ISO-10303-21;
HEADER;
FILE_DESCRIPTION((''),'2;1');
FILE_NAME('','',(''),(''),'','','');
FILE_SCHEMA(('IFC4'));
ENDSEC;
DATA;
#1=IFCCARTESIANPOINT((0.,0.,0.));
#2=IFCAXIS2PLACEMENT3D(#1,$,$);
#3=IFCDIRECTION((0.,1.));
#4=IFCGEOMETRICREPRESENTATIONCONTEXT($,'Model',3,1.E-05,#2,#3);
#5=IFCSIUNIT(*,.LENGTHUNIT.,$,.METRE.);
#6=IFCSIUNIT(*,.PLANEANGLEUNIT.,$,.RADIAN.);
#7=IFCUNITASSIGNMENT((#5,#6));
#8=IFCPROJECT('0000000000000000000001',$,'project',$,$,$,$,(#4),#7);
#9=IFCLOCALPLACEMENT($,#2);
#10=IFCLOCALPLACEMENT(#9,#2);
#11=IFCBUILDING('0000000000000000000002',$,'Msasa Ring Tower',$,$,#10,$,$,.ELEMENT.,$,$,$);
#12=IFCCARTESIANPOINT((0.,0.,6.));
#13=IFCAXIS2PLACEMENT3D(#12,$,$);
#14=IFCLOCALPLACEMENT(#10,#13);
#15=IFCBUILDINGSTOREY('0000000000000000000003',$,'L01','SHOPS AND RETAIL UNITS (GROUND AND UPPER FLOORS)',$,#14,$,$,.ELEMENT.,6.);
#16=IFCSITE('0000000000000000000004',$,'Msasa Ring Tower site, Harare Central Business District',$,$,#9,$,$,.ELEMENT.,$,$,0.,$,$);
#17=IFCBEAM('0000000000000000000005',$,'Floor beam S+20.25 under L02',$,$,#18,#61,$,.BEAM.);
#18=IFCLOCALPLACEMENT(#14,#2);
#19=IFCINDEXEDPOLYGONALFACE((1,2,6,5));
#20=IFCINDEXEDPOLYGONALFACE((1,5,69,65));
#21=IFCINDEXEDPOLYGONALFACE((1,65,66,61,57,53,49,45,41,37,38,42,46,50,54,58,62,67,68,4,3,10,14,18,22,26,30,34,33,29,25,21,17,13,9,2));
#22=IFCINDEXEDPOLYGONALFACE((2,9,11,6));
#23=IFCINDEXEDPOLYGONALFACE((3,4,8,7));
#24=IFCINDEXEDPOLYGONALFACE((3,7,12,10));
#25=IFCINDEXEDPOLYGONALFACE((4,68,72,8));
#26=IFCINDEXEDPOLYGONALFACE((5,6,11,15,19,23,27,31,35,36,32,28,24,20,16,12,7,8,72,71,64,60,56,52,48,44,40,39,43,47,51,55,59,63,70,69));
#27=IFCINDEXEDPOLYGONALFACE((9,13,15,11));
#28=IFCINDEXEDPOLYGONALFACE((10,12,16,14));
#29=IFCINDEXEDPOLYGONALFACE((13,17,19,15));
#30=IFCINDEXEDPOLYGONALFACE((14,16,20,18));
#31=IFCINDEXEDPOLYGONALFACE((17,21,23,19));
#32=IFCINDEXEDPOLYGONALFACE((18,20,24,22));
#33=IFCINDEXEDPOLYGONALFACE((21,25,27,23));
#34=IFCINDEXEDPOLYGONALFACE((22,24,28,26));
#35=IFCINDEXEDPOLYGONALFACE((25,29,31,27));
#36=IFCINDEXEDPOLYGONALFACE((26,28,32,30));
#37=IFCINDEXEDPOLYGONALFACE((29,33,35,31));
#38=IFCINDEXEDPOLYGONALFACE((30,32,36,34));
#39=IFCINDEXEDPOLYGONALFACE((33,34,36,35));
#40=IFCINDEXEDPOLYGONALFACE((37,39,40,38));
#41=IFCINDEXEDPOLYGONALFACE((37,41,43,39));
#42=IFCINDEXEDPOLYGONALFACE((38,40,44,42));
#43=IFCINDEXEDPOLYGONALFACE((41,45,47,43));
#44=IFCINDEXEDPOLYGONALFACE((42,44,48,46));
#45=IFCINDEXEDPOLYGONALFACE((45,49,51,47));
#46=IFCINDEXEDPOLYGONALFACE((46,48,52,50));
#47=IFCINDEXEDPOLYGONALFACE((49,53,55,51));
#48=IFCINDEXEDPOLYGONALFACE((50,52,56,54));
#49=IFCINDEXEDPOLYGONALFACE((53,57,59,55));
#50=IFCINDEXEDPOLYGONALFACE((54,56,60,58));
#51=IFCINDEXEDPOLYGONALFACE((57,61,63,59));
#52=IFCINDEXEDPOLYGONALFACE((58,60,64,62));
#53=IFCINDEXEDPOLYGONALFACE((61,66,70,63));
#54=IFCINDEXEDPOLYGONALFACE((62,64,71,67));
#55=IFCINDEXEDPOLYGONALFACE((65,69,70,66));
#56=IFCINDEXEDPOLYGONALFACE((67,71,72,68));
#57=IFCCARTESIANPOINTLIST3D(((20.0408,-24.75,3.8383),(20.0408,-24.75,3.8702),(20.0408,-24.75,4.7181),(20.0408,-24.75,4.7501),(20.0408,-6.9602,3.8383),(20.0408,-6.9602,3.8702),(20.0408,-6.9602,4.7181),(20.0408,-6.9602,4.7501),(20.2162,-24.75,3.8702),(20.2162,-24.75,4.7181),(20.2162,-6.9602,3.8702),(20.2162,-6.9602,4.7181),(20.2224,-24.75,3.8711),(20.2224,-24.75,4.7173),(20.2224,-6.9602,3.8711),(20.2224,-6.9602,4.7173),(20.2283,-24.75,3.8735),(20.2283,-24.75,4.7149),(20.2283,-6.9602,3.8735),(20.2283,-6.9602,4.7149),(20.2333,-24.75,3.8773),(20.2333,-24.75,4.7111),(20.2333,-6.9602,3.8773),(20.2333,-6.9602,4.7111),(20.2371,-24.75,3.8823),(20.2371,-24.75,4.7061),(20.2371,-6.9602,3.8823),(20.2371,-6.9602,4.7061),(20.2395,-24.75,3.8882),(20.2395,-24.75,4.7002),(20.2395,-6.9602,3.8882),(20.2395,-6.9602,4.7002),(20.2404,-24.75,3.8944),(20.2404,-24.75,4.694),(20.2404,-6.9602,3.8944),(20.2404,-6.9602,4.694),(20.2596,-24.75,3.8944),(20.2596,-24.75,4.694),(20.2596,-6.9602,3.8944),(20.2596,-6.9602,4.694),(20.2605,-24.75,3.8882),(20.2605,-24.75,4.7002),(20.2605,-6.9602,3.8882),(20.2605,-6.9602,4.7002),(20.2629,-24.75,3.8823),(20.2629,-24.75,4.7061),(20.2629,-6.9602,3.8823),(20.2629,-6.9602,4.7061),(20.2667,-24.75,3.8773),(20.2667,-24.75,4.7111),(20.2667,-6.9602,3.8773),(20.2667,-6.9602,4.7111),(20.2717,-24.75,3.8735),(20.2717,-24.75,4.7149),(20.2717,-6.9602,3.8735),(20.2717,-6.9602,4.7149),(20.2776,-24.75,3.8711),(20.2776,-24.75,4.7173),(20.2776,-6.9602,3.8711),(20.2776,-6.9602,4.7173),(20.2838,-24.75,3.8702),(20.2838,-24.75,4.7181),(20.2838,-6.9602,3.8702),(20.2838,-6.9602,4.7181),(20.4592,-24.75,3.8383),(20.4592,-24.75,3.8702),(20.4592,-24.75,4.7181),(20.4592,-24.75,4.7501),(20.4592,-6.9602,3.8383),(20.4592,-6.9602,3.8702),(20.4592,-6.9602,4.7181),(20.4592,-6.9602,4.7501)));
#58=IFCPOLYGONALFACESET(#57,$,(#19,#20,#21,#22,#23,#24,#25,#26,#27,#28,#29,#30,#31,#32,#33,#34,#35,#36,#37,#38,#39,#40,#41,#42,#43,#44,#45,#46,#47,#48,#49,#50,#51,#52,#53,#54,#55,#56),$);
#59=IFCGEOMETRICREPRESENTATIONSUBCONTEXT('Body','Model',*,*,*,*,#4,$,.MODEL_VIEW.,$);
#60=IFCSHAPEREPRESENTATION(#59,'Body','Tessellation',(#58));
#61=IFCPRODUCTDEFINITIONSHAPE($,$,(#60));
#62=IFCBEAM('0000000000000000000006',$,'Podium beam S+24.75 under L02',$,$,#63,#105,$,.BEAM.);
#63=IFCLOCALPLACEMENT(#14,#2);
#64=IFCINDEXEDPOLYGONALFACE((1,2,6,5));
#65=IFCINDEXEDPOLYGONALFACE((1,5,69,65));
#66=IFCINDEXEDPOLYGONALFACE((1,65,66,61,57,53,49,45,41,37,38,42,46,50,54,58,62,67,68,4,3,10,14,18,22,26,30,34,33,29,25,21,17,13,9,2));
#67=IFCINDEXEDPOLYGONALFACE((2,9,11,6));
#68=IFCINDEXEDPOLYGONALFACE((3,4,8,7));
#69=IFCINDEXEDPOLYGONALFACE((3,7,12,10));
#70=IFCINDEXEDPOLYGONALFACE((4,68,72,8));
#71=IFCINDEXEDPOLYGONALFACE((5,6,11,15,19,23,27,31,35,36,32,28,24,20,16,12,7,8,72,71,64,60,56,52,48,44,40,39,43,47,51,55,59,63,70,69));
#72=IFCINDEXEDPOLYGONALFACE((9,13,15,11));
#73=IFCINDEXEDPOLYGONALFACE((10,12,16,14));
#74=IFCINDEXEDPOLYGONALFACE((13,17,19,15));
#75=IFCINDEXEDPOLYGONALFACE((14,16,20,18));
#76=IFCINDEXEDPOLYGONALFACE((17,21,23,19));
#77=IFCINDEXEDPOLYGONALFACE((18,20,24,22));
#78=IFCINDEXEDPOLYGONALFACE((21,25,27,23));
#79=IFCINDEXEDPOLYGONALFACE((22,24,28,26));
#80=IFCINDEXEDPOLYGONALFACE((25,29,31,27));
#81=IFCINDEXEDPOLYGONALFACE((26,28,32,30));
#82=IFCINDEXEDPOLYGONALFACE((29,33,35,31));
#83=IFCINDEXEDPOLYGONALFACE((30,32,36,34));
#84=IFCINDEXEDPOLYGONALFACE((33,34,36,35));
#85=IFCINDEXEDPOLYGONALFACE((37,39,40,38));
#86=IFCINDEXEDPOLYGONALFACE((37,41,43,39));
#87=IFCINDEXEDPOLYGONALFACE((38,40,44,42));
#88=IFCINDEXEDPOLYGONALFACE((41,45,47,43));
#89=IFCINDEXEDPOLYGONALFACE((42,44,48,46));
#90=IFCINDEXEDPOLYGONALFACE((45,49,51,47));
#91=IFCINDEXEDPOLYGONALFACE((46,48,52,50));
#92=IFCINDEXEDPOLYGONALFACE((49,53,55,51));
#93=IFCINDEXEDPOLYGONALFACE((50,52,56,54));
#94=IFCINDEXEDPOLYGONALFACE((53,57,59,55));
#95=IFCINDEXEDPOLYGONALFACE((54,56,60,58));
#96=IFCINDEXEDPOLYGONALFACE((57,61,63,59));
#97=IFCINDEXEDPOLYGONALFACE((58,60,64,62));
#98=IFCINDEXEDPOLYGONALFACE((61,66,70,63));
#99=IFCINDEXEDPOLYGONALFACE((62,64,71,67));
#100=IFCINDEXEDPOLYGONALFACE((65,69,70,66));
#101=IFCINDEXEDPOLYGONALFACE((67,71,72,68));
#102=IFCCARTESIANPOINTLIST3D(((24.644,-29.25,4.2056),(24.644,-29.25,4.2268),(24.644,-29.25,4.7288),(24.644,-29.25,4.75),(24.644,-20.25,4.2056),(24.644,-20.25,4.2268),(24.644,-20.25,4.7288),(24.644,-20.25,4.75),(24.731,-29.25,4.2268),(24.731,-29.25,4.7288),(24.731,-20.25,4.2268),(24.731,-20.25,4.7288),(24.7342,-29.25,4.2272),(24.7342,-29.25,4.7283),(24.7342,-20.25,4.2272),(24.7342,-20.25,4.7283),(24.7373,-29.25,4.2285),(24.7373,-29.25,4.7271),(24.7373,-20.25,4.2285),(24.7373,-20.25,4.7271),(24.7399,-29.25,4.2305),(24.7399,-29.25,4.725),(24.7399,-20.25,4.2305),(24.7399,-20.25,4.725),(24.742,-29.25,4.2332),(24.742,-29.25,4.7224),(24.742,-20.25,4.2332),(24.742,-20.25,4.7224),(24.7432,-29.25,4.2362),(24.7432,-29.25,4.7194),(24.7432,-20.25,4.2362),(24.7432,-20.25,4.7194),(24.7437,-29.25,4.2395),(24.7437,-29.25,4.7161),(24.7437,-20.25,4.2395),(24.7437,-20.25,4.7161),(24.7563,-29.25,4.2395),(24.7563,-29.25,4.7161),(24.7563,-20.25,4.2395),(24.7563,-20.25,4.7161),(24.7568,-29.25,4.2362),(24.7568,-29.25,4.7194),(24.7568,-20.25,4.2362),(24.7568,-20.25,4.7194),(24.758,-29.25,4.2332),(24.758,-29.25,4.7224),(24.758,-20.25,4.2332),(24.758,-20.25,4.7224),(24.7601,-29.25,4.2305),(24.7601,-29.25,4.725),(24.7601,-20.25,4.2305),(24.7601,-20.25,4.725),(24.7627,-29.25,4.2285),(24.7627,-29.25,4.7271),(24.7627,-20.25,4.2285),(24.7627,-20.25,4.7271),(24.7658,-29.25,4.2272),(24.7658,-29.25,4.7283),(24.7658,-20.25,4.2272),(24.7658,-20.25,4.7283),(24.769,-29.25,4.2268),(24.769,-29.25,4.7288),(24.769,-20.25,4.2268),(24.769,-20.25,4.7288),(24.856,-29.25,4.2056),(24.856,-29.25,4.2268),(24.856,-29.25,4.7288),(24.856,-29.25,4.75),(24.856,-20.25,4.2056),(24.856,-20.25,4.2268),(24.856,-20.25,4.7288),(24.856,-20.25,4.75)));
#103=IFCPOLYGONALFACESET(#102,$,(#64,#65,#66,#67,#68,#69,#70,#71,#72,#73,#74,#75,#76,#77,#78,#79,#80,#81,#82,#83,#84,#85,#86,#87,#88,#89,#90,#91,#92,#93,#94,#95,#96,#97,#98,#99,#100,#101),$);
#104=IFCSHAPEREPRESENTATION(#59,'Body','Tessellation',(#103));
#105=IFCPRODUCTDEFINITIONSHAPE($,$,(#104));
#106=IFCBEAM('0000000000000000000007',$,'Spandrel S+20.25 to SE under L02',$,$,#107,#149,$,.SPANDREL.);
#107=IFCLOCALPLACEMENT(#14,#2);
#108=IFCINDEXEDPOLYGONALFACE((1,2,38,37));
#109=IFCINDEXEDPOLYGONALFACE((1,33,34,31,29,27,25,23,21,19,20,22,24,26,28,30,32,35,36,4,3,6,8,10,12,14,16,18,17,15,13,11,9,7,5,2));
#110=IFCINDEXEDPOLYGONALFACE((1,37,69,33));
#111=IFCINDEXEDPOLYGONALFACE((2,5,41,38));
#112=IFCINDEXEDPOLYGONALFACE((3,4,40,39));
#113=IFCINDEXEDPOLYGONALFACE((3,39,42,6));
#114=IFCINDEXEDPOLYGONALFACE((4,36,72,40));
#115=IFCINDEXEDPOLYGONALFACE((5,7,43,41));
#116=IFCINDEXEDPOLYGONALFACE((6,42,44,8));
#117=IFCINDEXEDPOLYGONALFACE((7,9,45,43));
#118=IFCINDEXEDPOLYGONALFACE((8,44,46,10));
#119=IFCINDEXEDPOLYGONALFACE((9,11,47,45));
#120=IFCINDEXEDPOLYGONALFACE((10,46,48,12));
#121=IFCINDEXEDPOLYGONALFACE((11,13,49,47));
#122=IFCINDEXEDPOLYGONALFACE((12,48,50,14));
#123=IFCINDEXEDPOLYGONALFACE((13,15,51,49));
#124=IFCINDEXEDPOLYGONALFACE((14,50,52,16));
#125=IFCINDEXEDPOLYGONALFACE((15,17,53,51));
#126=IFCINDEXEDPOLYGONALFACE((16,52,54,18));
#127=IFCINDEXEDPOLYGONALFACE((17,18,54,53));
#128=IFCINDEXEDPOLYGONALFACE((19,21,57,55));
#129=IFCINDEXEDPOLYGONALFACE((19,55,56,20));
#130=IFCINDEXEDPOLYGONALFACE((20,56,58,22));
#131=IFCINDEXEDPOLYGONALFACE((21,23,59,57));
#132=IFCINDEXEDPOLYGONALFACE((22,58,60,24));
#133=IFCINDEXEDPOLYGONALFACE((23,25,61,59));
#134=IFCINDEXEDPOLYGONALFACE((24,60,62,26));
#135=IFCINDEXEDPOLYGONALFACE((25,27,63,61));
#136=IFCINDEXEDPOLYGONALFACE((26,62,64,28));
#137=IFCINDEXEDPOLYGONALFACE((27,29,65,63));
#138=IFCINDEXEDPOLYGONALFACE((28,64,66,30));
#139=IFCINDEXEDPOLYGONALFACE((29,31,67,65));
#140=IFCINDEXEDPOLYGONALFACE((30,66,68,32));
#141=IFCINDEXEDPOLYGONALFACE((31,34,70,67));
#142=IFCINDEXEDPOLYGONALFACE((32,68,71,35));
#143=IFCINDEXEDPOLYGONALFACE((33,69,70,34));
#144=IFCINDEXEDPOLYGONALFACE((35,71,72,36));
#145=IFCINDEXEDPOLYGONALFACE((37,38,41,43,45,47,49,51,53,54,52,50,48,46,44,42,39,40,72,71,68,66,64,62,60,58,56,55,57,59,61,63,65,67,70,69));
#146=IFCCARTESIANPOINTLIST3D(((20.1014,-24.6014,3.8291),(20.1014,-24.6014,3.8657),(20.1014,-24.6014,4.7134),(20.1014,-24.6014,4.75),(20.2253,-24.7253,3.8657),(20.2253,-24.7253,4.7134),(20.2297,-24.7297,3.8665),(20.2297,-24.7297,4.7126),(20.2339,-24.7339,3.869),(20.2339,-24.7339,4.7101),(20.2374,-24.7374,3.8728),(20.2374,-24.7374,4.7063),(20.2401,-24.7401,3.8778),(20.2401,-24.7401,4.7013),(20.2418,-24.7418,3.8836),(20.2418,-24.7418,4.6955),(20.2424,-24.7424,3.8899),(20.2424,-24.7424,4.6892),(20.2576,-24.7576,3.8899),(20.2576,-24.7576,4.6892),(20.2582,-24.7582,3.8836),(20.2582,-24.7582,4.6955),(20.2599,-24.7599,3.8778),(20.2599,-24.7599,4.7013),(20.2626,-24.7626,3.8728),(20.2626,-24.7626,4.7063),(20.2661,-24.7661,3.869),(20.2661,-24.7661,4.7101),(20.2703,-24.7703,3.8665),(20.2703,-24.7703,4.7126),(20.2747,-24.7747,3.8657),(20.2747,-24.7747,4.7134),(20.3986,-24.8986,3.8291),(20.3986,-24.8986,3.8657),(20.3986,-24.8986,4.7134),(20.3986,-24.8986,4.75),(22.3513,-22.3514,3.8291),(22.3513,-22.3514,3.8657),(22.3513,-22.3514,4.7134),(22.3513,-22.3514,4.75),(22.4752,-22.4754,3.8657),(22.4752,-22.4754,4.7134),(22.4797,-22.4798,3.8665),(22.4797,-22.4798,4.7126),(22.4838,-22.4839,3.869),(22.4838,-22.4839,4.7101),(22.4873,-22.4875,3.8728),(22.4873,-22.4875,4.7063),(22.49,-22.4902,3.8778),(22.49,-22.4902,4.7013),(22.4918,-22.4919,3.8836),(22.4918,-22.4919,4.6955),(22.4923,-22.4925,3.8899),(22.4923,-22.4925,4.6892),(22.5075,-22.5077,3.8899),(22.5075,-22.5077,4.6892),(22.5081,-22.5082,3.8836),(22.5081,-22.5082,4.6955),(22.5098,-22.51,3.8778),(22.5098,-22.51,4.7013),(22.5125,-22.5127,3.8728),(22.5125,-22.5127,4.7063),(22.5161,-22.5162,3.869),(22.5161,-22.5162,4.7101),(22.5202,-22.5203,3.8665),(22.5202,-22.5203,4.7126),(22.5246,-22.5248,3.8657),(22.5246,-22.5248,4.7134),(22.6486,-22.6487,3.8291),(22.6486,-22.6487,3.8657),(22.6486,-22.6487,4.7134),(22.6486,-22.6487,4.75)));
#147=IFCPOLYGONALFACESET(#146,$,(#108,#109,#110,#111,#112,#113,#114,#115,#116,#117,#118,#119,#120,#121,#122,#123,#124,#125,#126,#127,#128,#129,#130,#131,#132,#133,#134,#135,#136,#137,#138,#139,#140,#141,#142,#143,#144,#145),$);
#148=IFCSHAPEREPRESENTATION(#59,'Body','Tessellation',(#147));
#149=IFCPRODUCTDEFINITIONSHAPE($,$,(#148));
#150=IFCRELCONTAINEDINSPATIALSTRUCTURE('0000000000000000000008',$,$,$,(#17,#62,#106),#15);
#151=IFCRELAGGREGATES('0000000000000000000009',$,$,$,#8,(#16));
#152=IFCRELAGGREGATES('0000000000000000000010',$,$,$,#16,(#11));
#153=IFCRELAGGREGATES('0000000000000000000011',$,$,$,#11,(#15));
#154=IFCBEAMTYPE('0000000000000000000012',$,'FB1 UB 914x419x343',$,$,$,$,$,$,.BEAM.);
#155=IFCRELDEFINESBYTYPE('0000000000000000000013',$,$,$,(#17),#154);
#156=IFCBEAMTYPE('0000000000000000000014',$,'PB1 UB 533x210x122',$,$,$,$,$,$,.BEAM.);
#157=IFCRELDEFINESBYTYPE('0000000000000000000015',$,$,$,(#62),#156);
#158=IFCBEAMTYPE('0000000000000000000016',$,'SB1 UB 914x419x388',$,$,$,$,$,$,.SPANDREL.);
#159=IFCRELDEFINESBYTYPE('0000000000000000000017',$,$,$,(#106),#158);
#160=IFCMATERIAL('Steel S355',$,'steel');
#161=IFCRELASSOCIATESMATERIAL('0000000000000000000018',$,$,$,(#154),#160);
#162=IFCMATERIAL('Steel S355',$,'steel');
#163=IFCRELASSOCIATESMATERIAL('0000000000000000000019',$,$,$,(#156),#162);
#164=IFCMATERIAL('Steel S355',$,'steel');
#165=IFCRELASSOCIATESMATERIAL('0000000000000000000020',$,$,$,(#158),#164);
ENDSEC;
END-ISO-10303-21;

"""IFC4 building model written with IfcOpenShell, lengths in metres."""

from ifc_helpers import new_model, si_unit, direction, frame, origin, origin_2d, place, context, subcontext, project, spatial, i_section, extrude, material, material_profile, profile_set, type_object, element, save


model = new_model("IFC4")

# Units and contexts
model_context = context("Model", 3, precision=1e-05, world=origin(), true_north=direction((0.0, 1.0)))
body_context = subcontext(model_context, "Body", "Model", "MODEL_VIEW")
ifc_project = project(units=[si_unit("LENGTHUNIT", "METRE"), si_unit("PLANEANGLEUNIT", "RADIAN")], contexts=[model_context])

# Site, building, storey
site_placement = place(None, origin())
site = spatial("IfcSite", under=ifc_project, at=site_placement, Name="Msasa Ring Tower site, Harare Central Business District", CompositionType="ELEMENT", RefElevation=0.0)
building_placement = place(site_placement, origin())
building = spatial("IfcBuilding", under=site, at=building_placement, Name="Msasa Ring Tower", CompositionType="ELEMENT")
storey_placement = place(building_placement, frame((0.0, 0.0, 6.0)))
storey = spatial("IfcBuildingStorey", under=building, at=storey_placement, Name="L01", Description="SHOPS AND RETAIL UNITS (GROUND AND UPPER FLOORS)", CompositionType="ELEMENT", Elevation=6.0)

# Beams
ifc_material_1 = material(Name="Steel S355", Category="steel")
ifc_material_profile_1 = material_profile(ifc_material_1, i_section(OverallWidth=0.4185, OverallDepth=0.9119, WebThickness=0.0193, FlangeThickness=0.032, FilletRadius=0.0242, at=origin_2d()), Name="UB 914x419x343")
ifc_profile_set_1 = profile_set([ifc_material_profile_1], Name="Steel S355")
beam_type_1 = type_object("IfcBeamType", Name="FB1 UB 914x419x343", PredefinedType="BEAM", material=ifc_profile_set_1)
beam_1_placement = place(storey_placement, frame((20.25, -24.75, 4.2942), z_axis=(0.0, 1.0, 0.0), x_axis=(-1.0, 0.0, 0.0)))
element("IfcBeam", 1, at=beam_1_placement, inside=storey, type_object=beam_type_1, Name="Floor beam S+20.25 under L02", PredefinedType="BEAM", context=body_context, shape_type="SweptSolid", body=[
    extrude(i_section(OverallWidth=0.4185, OverallDepth=0.9119, WebThickness=0.0193, FlangeThickness=0.032, FilletRadius=0.0242, at=origin_2d()), origin(), (0.0, 0.0, 1.0), 17.7898),
])
ifc_material_2 = material(Name="Steel S355", Category="steel")
ifc_material_profile_2 = material_profile(ifc_material_2, i_section(OverallWidth=0.2119, OverallDepth=0.5444, WebThickness=0.0127, FlangeThickness=0.0212, FilletRadius=0.0127, at=origin_2d()), Name="UB 533x210x122")
ifc_profile_set_2 = profile_set([ifc_material_profile_2], Name="Steel S355")
beam_type_2 = type_object("IfcBeamType", Name="PB1 UB 533x210x122", PredefinedType="BEAM", material=ifc_profile_set_2)
beam_2_placement = place(storey_placement, frame((24.75, -29.25, 4.4778), z_axis=(0.0, 1.0, 0.0), x_axis=(-1.0, 0.0, 0.0)))
element("IfcBeam", 2, at=beam_2_placement, inside=storey, type_object=beam_type_2, Name="Podium beam S+24.75 under L02", PredefinedType="BEAM", context=body_context, shape_type="SweptSolid", body=[
    extrude(i_section(OverallWidth=0.2119, OverallDepth=0.5444, WebThickness=0.0127, FlangeThickness=0.0212, FilletRadius=0.0127, at=origin_2d()), origin(), (0.0, 0.0, 1.0), 9.0),
])
ifc_material_3 = material(Name="Steel S355", Category="steel")
ifc_material_profile_3 = material_profile(ifc_material_3, i_section(OverallWidth=0.4204, OverallDepth=0.9209, WebThickness=0.0215, FlangeThickness=0.0366, FilletRadius=0.0242, at=origin_2d()), Name="UB 914x419x388")
ifc_profile_set_3 = profile_set([ifc_material_profile_3], Name="Steel S355")
beam_type_3 = type_object("IfcBeamType", Name="SB1 UB 914x419x388", PredefinedType="SPANDREL", material=ifc_profile_set_3)
beam_3_placement = place(storey_placement, frame((20.25, -24.75, 4.2896), z_axis=(0.707107, 0.707107, 0.0), x_axis=(-0.707107, 0.707107, 0.0)))
element("IfcBeam", 3, at=beam_3_placement, inside=storey, type_object=beam_type_3, Name="Spandrel S+20.25 to SE under L02", PredefinedType="SPANDREL", context=body_context, shape_type="SweptSolid", body=[
    extrude(i_section(OverallWidth=0.4204, OverallDepth=0.9209, WebThickness=0.0215, FlangeThickness=0.0366, FilletRadius=0.0242, at=origin_2d()), origin(), (0.0, 0.0, 1.0), 3.1819),
])

save(model, "model.ifc")
